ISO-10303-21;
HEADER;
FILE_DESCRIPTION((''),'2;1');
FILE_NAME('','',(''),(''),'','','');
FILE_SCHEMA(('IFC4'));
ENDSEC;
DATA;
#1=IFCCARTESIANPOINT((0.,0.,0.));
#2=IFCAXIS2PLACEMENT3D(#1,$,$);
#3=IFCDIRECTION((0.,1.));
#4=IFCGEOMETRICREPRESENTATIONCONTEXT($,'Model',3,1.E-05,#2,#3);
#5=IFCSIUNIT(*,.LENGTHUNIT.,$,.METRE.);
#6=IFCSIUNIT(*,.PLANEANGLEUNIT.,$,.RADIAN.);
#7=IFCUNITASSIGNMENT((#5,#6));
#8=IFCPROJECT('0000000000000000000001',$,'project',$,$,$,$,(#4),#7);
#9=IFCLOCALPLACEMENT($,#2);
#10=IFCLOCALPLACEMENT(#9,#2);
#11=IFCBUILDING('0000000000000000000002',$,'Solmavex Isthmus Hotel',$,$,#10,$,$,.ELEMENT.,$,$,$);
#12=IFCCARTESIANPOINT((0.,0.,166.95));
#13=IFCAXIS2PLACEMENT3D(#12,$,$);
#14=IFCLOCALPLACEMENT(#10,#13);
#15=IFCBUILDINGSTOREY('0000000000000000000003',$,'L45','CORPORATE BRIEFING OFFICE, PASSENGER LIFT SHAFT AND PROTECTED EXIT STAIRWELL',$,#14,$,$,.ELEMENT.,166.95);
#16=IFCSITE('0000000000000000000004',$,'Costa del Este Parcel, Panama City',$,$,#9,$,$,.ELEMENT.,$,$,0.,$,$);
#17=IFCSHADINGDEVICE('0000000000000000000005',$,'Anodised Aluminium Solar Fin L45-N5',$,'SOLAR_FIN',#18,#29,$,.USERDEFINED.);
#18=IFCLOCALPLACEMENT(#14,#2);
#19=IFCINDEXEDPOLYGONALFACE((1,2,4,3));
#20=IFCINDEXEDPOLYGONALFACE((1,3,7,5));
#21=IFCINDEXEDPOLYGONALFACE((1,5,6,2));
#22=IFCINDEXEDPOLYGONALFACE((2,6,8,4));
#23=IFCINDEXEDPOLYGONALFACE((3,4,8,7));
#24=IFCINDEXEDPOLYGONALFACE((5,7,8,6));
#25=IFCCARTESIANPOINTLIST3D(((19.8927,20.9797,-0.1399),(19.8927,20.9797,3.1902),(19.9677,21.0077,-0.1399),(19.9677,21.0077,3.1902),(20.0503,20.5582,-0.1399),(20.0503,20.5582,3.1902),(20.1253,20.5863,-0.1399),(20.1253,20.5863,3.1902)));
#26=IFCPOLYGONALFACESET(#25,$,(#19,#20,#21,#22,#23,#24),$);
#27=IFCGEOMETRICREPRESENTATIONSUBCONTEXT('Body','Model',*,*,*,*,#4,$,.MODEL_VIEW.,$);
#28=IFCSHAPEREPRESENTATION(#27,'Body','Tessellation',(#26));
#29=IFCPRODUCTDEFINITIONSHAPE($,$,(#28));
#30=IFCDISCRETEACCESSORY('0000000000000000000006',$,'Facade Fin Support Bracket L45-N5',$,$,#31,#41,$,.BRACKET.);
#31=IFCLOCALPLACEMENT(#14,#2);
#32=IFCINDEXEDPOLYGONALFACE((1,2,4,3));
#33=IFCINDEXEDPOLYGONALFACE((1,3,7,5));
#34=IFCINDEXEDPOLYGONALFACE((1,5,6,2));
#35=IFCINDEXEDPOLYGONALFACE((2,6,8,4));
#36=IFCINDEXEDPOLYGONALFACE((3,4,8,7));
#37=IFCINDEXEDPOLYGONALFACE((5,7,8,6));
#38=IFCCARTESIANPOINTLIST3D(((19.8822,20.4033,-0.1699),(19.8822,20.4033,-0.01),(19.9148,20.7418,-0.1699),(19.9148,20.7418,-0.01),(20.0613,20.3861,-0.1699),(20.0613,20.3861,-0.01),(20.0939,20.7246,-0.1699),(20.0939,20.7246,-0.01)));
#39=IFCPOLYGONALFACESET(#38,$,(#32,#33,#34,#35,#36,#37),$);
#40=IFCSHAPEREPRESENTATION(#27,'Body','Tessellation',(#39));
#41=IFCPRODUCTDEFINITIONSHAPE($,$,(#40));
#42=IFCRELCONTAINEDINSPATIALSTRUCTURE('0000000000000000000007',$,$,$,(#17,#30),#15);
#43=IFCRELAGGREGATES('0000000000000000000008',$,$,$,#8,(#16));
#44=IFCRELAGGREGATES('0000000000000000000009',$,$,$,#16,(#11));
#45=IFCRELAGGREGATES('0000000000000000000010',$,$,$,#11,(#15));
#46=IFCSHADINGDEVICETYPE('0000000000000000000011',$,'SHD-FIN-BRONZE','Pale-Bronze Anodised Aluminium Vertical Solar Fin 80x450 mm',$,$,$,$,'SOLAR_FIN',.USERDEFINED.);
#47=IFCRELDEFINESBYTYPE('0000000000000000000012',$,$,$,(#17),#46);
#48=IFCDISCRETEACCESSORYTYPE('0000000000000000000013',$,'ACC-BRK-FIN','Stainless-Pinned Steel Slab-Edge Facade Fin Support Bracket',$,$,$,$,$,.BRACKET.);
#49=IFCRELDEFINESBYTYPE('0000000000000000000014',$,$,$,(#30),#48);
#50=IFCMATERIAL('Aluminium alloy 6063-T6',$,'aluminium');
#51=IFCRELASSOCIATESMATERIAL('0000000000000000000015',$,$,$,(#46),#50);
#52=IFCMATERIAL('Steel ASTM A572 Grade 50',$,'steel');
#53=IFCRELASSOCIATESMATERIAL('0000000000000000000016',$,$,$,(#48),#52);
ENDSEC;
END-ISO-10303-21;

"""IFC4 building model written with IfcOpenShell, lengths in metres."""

from ifc_helpers import new_model, si_unit, direction, frame, origin, origin_2d, place, context, subcontext, project, spatial, rectangle, extrude, material, type_object, element, save


model = new_model("IFC4")

# Units and contexts
model_context = context("Model", 3, precision=1e-05, world=origin(), true_north=direction((0.0, 1.0)))
body_context = subcontext(model_context, "Body", "Model", "MODEL_VIEW")
ifc_project = project(units=[si_unit("LENGTHUNIT", "METRE"), si_unit("PLANEANGLEUNIT", "RADIAN")], contexts=[model_context])

# Site, building, storey
site_placement = place(None, origin())
site = spatial("IfcSite", under=ifc_project, at=site_placement, Name="Costa del Este Parcel, Panama City", CompositionType="ELEMENT", RefElevation=0.0)
building_placement = place(site_placement, origin())
building = spatial("IfcBuilding", under=site, at=building_placement, Name="Solmavex Isthmus Hotel", CompositionType="ELEMENT")
storey_placement = place(building_placement, frame((0.0, 0.0, 166.95)))
storey = spatial("IfcBuildingStorey", under=building, at=storey_placement, Name="L45", Description="CORPORATE BRIEFING OFFICE, PASSENGER LIFT SHAFT AND PROTECTED EXIT STAIRWELL", CompositionType="ELEMENT", Elevation=166.95)

# Shared definitions
ifc_material_1 = material(Name="Aluminium alloy 6063-T6", Category="aluminium")

# Shading device
shading_device_type = type_object("IfcShadingDeviceType", Name="SHD-FIN-BRONZE", Description="Pale-Bronze Anodised Aluminium Vertical Solar Fin 80x450 mm", ElementType="SOLAR_FIN", PredefinedType="USERDEFINED", material=ifc_material_1)
shading_device_placement = place(storey_placement, frame((20.009, 20.783, -0.1399), z_axis=(0.0, 0.0, 1.0), x_axis=(-0.350207, 0.936672, 0.0)))
element("IfcShadingDevice", 1, at=shading_device_placement, inside=storey, type_object=shading_device_type, Name="Anodised Aluminium Solar Fin L45-N5", ObjectType="SOLAR_FIN", PredefinedType="USERDEFINED", context=body_context, shape_type="SweptSolid", body=[
    extrude(rectangle(XDim=0.45, YDim=0.0801, at=origin_2d()), origin(), (0.0, 0.0, 1.0), 3.3301),
])

# Discrete accessory
ifc_material_2 = material(Name="Steel ASTM A572 Grade 50", Category="steel")
discrete_accessory_type = type_object("IfcDiscreteAccessoryType", Name="ACC-BRK-FIN", Description="Stainless-Pinned Steel Slab-Edge Facade Fin Support Bracket", PredefinedType="BRACKET", material=ifc_material_2)
discrete_accessory_placement = place(storey_placement, frame((19.988, 20.564, -0.1699), z_axis=(0.0, 0.0, 1.0), x_axis=(0.095846, 0.995396, 0.0)))
element("IfcDiscreteAccessory", 2, at=discrete_accessory_placement, inside=storey, type_object=discrete_accessory_type, Name="Facade Fin Support Bracket L45-N5", PredefinedType="BRACKET", context=body_context, shape_type="SweptSolid", body=[
    extrude(rectangle(XDim=0.3401, YDim=0.1799, at=origin_2d()), origin(), (0.0, 0.0, 1.0), 0.1599),
])

save(model, "model.ifc")
